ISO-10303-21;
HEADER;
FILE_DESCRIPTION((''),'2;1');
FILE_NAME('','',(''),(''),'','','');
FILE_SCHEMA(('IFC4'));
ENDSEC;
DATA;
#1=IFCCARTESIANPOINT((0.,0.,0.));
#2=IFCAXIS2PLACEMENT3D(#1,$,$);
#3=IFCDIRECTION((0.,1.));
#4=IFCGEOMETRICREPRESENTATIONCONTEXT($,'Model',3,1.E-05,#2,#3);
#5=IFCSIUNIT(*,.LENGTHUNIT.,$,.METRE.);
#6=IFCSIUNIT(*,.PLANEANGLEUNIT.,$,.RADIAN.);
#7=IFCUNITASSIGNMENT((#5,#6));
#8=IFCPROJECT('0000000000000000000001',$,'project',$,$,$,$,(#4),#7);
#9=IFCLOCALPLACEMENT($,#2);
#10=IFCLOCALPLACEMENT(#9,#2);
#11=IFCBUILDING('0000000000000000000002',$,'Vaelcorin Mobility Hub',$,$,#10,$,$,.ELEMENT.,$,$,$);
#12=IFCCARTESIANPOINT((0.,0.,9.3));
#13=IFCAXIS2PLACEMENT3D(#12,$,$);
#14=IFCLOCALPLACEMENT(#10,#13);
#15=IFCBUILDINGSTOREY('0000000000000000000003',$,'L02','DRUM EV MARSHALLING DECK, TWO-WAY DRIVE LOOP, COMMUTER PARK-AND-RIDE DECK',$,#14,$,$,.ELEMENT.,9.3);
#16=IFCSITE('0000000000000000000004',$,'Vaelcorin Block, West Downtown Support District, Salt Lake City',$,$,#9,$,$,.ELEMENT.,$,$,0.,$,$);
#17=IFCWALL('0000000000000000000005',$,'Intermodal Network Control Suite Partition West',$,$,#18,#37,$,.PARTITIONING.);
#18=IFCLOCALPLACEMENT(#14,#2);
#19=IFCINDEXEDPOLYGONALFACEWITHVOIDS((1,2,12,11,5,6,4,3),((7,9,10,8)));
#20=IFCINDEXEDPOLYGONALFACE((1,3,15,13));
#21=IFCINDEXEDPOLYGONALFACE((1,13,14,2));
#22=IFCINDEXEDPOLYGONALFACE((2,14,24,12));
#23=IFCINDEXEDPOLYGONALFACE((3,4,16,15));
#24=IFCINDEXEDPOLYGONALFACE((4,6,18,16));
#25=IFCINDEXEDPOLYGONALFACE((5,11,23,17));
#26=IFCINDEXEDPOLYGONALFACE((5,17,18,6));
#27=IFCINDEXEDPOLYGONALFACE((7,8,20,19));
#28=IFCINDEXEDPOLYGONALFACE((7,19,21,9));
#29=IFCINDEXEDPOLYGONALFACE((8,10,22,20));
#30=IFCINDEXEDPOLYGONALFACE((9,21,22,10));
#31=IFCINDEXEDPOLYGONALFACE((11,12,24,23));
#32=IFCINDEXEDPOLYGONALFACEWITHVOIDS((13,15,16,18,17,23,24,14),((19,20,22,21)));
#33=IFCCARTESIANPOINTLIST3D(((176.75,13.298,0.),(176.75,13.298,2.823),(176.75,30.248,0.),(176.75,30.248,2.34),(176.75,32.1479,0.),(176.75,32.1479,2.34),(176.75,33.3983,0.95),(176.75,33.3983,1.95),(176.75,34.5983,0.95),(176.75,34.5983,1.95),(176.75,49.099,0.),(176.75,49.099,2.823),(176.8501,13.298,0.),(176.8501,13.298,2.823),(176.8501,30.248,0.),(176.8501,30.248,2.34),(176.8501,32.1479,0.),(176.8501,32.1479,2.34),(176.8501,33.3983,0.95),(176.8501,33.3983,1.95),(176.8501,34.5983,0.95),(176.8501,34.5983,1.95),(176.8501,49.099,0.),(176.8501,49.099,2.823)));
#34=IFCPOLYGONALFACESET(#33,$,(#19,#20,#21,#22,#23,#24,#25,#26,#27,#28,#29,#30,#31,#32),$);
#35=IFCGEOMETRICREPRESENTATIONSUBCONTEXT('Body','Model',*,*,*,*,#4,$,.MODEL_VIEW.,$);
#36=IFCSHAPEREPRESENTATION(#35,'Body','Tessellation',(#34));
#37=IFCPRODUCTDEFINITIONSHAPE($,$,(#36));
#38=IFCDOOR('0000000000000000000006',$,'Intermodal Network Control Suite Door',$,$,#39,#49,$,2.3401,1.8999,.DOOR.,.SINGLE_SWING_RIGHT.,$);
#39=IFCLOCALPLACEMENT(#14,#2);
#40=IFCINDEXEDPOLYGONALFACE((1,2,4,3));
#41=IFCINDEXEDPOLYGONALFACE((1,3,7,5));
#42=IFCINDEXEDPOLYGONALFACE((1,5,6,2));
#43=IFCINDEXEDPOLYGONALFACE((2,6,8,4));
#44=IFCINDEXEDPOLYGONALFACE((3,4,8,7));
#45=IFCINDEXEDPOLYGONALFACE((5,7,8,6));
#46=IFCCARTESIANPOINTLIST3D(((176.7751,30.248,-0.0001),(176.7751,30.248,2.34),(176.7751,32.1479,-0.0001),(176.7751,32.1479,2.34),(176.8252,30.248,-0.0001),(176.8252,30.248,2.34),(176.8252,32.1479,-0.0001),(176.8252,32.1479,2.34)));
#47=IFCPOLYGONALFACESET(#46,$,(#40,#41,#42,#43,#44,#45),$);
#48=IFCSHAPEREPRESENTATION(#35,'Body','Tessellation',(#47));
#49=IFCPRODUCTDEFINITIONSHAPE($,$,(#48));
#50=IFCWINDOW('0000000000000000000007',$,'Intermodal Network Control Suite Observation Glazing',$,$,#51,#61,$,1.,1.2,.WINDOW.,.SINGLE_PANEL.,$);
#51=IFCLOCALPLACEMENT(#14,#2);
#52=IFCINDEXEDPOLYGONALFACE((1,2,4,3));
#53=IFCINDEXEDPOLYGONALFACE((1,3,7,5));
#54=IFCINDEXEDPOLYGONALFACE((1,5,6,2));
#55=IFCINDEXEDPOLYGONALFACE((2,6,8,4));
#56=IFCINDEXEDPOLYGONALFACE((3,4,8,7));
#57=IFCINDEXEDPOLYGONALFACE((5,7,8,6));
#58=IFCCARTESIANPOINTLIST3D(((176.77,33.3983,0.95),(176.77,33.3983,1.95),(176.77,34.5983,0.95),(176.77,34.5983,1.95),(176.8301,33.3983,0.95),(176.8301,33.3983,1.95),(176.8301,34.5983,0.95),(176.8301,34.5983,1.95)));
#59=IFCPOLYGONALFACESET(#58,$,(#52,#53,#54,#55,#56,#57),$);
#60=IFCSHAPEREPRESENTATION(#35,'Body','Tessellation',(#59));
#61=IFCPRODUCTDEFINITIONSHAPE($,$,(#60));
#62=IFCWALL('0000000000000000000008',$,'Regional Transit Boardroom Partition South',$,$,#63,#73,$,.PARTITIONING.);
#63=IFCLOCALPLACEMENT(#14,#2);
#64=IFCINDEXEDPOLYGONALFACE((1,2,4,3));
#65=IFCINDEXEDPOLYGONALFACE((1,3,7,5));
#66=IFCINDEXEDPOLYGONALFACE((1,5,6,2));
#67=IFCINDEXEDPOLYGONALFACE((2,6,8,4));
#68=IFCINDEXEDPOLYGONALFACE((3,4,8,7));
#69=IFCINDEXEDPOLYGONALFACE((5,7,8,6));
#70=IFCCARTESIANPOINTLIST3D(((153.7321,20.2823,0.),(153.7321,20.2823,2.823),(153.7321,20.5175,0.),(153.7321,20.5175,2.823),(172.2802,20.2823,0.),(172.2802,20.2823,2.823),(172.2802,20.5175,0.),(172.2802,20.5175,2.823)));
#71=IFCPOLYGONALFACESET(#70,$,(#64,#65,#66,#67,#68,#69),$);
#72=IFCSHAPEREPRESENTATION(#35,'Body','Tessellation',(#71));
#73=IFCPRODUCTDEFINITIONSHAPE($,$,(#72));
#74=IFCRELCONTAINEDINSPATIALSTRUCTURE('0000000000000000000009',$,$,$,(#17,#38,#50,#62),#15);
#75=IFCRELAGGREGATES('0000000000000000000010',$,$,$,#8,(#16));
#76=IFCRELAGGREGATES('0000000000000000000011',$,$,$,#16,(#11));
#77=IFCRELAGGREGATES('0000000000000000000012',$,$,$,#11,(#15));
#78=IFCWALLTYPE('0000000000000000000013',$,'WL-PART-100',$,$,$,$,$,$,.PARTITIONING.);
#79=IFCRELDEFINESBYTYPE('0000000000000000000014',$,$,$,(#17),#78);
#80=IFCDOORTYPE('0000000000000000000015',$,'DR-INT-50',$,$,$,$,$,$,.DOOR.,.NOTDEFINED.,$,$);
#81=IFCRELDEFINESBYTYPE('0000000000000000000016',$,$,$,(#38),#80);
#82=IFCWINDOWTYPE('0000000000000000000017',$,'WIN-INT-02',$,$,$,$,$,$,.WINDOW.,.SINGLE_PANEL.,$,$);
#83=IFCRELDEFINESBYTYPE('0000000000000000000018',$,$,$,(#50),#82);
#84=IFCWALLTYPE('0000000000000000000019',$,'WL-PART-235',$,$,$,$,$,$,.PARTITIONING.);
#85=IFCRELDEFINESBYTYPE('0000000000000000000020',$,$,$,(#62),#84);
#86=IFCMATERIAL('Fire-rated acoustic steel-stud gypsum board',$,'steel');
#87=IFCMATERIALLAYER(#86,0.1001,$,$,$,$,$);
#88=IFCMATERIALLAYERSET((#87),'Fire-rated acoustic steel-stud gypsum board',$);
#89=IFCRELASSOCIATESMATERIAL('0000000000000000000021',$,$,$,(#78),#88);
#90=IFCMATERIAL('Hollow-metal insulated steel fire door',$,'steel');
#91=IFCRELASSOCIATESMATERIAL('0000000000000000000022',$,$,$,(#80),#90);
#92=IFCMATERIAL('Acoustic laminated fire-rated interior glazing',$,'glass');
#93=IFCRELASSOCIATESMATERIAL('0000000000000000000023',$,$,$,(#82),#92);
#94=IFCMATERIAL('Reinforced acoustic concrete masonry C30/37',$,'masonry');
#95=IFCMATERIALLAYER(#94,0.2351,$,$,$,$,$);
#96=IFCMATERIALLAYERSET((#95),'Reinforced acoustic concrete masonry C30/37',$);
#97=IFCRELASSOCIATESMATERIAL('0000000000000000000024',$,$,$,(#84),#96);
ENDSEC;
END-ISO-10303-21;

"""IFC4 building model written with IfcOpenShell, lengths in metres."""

from ifc_helpers import new_model, si_unit, direction, frame, frame_2d, origin, place, context, subcontext, project, spatial, rectangle, extrude, material, layer, layer_set, type_object, element, fill, save


model = new_model("IFC4")

# Units and contexts
model_context = context("Model", 3, precision=1e-05, world=origin(), true_north=direction((0.0, 1.0)))
body_context = subcontext(model_context, "Body", "Model", "MODEL_VIEW")
ifc_project = project(units=[si_unit("LENGTHUNIT", "METRE"), si_unit("PLANEANGLEUNIT", "RADIAN")], contexts=[model_context])

# Site, building, storey
site_placement = place(None, origin())
site = spatial("IfcSite", under=ifc_project, at=site_placement, Name="Vaelcorin Block, West Downtown Support District, Salt Lake City", CompositionType="ELEMENT", RefElevation=0.0)
building_placement = place(site_placement, origin())
building = spatial("IfcBuilding", under=site, at=building_placement, Name="Vaelcorin Mobility Hub", CompositionType="ELEMENT")
storey_placement = place(building_placement, frame((0.0, 0.0, 9.3)))
storey = spatial("IfcBuildingStorey", under=building, at=storey_placement, Name="L02", Description="DRUM EV MARSHALLING DECK, TWO-WAY DRIVE LOOP, COMMUTER PARK-AND-RIDE DECK", CompositionType="ELEMENT", Elevation=9.3)

# Wall, openings, door, window
ifc_material_1 = material(Name="Fire-rated acoustic steel-stud gypsum board", Category="steel")
ifc_layer_1 = layer(ifc_material_1, 0.1001)
ifc_layer_set_1 = layer_set([ifc_layer_1], Name="Fire-rated acoustic steel-stud gypsum board")
wall_type_1 = type_object("IfcWallType", Name="WL-PART-100", PredefinedType="PARTITIONING", material=ifc_layer_set_1)
wall_1_placement = place(storey_placement, frame((176.8, 13.2981, 0.0), z_axis=(0.0, 0.0, 1.0), x_axis=(0.0, 1.0, 0.0)))
wall_1 = element("IfcWall", 1, at=wall_1_placement, inside=storey, type_object=wall_type_1, Name="Intermodal Network Control Suite Partition West", PredefinedType="PARTITIONING", context=body_context, shape_type="SweptSolid", body=[
    extrude(rectangle(XDim=35.801, YDim=0.1001, at=frame_2d((17.9004, 0.0))), origin(), (0.0, 0.0, 1.0), 2.823),
])
opening_1_placement = place(wall_1_placement, frame((16.95, 0.0, 0.0)))
opening_1 = element("IfcOpeningElement", 2, at=opening_1_placement, cuts=wall_1, PredefinedType="OPENING", context=body_context, shape_type="SweptSolid", body=[
    extrude(rectangle(XDim=1.8999, YDim=2.3401, at=frame_2d((0.95, 1.1699))), frame((0.0, 0.0601, 0.0), z_axis=(0.0, -1.0, 0.0), x_axis=(1.0, 0.0, 0.0)), (0.0, 0.0, 1.0), 0.1201),
])
opening_2_placement = place(wall_1_placement, frame((20.1001, 0.0, 0.95)))
opening_2 = element("IfcOpeningElement", 3, at=opening_2_placement, cuts=wall_1, PredefinedType="OPENING", context=body_context, shape_type="SweptSolid", body=[
    extrude(rectangle(XDim=1.2, YDim=1.0, at=frame_2d((0.6001, 0.5))), frame((0.0, 0.0601, 0.0), z_axis=(0.0, -1.0, 0.0), x_axis=(1.0, 0.0, 0.0)), (0.0, 0.0, 1.0), 0.1201),
])
ifc_material_2 = material(Name="Hollow-metal insulated steel fire door", Category="steel")
door_type = type_object("IfcDoorType", Name="DR-INT-50", OperationType="NOTDEFINED", PredefinedType="DOOR", material=ifc_material_2)
door_placement = place(opening_1_placement, origin())
door = element("IfcDoor", 4, at=door_placement, inside=storey, type_object=door_type, Name="Intermodal Network Control Suite Door", OperationType="SINGLE_SWING_RIGHT", OverallHeight=2.3401, OverallWidth=1.8999, PredefinedType="DOOR", context=body_context, shape_type="SweptSolid", body=[
    extrude(rectangle(XDim=1.8999, YDim=2.3401, at=frame_2d((0.95, 1.1699))), frame((0.0, 0.0249, 0.0), z_axis=(0.0, -1.0, 0.0), x_axis=(1.0, 0.0, 0.0)), (0.0, 0.0, 1.0), 0.05),
])
fill(opening_1, door)
ifc_material_3 = material(Name="Acoustic laminated fire-rated interior glazing", Category="glass")
window_type = type_object("IfcWindowType", Name="WIN-INT-02", PartitioningType="SINGLE_PANEL", PredefinedType="WINDOW", material=ifc_material_3)
window_placement = place(opening_2_placement, origin())
window = element("IfcWindow", 5, at=window_placement, inside=storey, type_object=window_type, Name="Intermodal Network Control Suite Observation Glazing", OverallHeight=1.0, OverallWidth=1.2, PartitioningType="SINGLE_PANEL", PredefinedType="WINDOW", context=body_context, shape_type="SweptSolid", body=[
    extrude(rectangle(XDim=1.2, YDim=1.0, at=frame_2d((0.6001, 0.5))), frame((0.0, 0.03, 0.0), z_axis=(0.0, -1.0, 0.0), x_axis=(1.0, 0.0, 0.0)), (0.0, 0.0, 1.0), 0.0601),
])
fill(opening_2, window)

# Wall
ifc_material_4 = material(Name="Reinforced acoustic concrete masonry C30/37", Category="masonry")
ifc_layer_2 = layer(ifc_material_4, 0.2351)
ifc_layer_set_2 = layer_set([ifc_layer_2], Name="Reinforced acoustic concrete masonry C30/37")
wall_type_2 = type_object("IfcWallType", Name="WL-PART-235", PredefinedType="PARTITIONING", material=ifc_layer_set_2)
wall_2_placement = place(storey_placement, frame((172.28, 20.3999, 0.0), z_axis=(0.0, 0.0, 1.0), x_axis=(-1.0, 0.0, 0.0)))
element("IfcWall", 6, at=wall_2_placement, inside=storey, type_object=wall_type_2, Name="Regional Transit Boardroom Partition South", PredefinedType="PARTITIONING", context=body_context, shape_type="SweptSolid", body=[
    extrude(rectangle(XDim=18.5481, YDim=0.2351, at=frame_2d((9.2739, 0.0))), origin(), (0.0, 0.0, 1.0), 2.823),
])

save(model, "model.ifc")
